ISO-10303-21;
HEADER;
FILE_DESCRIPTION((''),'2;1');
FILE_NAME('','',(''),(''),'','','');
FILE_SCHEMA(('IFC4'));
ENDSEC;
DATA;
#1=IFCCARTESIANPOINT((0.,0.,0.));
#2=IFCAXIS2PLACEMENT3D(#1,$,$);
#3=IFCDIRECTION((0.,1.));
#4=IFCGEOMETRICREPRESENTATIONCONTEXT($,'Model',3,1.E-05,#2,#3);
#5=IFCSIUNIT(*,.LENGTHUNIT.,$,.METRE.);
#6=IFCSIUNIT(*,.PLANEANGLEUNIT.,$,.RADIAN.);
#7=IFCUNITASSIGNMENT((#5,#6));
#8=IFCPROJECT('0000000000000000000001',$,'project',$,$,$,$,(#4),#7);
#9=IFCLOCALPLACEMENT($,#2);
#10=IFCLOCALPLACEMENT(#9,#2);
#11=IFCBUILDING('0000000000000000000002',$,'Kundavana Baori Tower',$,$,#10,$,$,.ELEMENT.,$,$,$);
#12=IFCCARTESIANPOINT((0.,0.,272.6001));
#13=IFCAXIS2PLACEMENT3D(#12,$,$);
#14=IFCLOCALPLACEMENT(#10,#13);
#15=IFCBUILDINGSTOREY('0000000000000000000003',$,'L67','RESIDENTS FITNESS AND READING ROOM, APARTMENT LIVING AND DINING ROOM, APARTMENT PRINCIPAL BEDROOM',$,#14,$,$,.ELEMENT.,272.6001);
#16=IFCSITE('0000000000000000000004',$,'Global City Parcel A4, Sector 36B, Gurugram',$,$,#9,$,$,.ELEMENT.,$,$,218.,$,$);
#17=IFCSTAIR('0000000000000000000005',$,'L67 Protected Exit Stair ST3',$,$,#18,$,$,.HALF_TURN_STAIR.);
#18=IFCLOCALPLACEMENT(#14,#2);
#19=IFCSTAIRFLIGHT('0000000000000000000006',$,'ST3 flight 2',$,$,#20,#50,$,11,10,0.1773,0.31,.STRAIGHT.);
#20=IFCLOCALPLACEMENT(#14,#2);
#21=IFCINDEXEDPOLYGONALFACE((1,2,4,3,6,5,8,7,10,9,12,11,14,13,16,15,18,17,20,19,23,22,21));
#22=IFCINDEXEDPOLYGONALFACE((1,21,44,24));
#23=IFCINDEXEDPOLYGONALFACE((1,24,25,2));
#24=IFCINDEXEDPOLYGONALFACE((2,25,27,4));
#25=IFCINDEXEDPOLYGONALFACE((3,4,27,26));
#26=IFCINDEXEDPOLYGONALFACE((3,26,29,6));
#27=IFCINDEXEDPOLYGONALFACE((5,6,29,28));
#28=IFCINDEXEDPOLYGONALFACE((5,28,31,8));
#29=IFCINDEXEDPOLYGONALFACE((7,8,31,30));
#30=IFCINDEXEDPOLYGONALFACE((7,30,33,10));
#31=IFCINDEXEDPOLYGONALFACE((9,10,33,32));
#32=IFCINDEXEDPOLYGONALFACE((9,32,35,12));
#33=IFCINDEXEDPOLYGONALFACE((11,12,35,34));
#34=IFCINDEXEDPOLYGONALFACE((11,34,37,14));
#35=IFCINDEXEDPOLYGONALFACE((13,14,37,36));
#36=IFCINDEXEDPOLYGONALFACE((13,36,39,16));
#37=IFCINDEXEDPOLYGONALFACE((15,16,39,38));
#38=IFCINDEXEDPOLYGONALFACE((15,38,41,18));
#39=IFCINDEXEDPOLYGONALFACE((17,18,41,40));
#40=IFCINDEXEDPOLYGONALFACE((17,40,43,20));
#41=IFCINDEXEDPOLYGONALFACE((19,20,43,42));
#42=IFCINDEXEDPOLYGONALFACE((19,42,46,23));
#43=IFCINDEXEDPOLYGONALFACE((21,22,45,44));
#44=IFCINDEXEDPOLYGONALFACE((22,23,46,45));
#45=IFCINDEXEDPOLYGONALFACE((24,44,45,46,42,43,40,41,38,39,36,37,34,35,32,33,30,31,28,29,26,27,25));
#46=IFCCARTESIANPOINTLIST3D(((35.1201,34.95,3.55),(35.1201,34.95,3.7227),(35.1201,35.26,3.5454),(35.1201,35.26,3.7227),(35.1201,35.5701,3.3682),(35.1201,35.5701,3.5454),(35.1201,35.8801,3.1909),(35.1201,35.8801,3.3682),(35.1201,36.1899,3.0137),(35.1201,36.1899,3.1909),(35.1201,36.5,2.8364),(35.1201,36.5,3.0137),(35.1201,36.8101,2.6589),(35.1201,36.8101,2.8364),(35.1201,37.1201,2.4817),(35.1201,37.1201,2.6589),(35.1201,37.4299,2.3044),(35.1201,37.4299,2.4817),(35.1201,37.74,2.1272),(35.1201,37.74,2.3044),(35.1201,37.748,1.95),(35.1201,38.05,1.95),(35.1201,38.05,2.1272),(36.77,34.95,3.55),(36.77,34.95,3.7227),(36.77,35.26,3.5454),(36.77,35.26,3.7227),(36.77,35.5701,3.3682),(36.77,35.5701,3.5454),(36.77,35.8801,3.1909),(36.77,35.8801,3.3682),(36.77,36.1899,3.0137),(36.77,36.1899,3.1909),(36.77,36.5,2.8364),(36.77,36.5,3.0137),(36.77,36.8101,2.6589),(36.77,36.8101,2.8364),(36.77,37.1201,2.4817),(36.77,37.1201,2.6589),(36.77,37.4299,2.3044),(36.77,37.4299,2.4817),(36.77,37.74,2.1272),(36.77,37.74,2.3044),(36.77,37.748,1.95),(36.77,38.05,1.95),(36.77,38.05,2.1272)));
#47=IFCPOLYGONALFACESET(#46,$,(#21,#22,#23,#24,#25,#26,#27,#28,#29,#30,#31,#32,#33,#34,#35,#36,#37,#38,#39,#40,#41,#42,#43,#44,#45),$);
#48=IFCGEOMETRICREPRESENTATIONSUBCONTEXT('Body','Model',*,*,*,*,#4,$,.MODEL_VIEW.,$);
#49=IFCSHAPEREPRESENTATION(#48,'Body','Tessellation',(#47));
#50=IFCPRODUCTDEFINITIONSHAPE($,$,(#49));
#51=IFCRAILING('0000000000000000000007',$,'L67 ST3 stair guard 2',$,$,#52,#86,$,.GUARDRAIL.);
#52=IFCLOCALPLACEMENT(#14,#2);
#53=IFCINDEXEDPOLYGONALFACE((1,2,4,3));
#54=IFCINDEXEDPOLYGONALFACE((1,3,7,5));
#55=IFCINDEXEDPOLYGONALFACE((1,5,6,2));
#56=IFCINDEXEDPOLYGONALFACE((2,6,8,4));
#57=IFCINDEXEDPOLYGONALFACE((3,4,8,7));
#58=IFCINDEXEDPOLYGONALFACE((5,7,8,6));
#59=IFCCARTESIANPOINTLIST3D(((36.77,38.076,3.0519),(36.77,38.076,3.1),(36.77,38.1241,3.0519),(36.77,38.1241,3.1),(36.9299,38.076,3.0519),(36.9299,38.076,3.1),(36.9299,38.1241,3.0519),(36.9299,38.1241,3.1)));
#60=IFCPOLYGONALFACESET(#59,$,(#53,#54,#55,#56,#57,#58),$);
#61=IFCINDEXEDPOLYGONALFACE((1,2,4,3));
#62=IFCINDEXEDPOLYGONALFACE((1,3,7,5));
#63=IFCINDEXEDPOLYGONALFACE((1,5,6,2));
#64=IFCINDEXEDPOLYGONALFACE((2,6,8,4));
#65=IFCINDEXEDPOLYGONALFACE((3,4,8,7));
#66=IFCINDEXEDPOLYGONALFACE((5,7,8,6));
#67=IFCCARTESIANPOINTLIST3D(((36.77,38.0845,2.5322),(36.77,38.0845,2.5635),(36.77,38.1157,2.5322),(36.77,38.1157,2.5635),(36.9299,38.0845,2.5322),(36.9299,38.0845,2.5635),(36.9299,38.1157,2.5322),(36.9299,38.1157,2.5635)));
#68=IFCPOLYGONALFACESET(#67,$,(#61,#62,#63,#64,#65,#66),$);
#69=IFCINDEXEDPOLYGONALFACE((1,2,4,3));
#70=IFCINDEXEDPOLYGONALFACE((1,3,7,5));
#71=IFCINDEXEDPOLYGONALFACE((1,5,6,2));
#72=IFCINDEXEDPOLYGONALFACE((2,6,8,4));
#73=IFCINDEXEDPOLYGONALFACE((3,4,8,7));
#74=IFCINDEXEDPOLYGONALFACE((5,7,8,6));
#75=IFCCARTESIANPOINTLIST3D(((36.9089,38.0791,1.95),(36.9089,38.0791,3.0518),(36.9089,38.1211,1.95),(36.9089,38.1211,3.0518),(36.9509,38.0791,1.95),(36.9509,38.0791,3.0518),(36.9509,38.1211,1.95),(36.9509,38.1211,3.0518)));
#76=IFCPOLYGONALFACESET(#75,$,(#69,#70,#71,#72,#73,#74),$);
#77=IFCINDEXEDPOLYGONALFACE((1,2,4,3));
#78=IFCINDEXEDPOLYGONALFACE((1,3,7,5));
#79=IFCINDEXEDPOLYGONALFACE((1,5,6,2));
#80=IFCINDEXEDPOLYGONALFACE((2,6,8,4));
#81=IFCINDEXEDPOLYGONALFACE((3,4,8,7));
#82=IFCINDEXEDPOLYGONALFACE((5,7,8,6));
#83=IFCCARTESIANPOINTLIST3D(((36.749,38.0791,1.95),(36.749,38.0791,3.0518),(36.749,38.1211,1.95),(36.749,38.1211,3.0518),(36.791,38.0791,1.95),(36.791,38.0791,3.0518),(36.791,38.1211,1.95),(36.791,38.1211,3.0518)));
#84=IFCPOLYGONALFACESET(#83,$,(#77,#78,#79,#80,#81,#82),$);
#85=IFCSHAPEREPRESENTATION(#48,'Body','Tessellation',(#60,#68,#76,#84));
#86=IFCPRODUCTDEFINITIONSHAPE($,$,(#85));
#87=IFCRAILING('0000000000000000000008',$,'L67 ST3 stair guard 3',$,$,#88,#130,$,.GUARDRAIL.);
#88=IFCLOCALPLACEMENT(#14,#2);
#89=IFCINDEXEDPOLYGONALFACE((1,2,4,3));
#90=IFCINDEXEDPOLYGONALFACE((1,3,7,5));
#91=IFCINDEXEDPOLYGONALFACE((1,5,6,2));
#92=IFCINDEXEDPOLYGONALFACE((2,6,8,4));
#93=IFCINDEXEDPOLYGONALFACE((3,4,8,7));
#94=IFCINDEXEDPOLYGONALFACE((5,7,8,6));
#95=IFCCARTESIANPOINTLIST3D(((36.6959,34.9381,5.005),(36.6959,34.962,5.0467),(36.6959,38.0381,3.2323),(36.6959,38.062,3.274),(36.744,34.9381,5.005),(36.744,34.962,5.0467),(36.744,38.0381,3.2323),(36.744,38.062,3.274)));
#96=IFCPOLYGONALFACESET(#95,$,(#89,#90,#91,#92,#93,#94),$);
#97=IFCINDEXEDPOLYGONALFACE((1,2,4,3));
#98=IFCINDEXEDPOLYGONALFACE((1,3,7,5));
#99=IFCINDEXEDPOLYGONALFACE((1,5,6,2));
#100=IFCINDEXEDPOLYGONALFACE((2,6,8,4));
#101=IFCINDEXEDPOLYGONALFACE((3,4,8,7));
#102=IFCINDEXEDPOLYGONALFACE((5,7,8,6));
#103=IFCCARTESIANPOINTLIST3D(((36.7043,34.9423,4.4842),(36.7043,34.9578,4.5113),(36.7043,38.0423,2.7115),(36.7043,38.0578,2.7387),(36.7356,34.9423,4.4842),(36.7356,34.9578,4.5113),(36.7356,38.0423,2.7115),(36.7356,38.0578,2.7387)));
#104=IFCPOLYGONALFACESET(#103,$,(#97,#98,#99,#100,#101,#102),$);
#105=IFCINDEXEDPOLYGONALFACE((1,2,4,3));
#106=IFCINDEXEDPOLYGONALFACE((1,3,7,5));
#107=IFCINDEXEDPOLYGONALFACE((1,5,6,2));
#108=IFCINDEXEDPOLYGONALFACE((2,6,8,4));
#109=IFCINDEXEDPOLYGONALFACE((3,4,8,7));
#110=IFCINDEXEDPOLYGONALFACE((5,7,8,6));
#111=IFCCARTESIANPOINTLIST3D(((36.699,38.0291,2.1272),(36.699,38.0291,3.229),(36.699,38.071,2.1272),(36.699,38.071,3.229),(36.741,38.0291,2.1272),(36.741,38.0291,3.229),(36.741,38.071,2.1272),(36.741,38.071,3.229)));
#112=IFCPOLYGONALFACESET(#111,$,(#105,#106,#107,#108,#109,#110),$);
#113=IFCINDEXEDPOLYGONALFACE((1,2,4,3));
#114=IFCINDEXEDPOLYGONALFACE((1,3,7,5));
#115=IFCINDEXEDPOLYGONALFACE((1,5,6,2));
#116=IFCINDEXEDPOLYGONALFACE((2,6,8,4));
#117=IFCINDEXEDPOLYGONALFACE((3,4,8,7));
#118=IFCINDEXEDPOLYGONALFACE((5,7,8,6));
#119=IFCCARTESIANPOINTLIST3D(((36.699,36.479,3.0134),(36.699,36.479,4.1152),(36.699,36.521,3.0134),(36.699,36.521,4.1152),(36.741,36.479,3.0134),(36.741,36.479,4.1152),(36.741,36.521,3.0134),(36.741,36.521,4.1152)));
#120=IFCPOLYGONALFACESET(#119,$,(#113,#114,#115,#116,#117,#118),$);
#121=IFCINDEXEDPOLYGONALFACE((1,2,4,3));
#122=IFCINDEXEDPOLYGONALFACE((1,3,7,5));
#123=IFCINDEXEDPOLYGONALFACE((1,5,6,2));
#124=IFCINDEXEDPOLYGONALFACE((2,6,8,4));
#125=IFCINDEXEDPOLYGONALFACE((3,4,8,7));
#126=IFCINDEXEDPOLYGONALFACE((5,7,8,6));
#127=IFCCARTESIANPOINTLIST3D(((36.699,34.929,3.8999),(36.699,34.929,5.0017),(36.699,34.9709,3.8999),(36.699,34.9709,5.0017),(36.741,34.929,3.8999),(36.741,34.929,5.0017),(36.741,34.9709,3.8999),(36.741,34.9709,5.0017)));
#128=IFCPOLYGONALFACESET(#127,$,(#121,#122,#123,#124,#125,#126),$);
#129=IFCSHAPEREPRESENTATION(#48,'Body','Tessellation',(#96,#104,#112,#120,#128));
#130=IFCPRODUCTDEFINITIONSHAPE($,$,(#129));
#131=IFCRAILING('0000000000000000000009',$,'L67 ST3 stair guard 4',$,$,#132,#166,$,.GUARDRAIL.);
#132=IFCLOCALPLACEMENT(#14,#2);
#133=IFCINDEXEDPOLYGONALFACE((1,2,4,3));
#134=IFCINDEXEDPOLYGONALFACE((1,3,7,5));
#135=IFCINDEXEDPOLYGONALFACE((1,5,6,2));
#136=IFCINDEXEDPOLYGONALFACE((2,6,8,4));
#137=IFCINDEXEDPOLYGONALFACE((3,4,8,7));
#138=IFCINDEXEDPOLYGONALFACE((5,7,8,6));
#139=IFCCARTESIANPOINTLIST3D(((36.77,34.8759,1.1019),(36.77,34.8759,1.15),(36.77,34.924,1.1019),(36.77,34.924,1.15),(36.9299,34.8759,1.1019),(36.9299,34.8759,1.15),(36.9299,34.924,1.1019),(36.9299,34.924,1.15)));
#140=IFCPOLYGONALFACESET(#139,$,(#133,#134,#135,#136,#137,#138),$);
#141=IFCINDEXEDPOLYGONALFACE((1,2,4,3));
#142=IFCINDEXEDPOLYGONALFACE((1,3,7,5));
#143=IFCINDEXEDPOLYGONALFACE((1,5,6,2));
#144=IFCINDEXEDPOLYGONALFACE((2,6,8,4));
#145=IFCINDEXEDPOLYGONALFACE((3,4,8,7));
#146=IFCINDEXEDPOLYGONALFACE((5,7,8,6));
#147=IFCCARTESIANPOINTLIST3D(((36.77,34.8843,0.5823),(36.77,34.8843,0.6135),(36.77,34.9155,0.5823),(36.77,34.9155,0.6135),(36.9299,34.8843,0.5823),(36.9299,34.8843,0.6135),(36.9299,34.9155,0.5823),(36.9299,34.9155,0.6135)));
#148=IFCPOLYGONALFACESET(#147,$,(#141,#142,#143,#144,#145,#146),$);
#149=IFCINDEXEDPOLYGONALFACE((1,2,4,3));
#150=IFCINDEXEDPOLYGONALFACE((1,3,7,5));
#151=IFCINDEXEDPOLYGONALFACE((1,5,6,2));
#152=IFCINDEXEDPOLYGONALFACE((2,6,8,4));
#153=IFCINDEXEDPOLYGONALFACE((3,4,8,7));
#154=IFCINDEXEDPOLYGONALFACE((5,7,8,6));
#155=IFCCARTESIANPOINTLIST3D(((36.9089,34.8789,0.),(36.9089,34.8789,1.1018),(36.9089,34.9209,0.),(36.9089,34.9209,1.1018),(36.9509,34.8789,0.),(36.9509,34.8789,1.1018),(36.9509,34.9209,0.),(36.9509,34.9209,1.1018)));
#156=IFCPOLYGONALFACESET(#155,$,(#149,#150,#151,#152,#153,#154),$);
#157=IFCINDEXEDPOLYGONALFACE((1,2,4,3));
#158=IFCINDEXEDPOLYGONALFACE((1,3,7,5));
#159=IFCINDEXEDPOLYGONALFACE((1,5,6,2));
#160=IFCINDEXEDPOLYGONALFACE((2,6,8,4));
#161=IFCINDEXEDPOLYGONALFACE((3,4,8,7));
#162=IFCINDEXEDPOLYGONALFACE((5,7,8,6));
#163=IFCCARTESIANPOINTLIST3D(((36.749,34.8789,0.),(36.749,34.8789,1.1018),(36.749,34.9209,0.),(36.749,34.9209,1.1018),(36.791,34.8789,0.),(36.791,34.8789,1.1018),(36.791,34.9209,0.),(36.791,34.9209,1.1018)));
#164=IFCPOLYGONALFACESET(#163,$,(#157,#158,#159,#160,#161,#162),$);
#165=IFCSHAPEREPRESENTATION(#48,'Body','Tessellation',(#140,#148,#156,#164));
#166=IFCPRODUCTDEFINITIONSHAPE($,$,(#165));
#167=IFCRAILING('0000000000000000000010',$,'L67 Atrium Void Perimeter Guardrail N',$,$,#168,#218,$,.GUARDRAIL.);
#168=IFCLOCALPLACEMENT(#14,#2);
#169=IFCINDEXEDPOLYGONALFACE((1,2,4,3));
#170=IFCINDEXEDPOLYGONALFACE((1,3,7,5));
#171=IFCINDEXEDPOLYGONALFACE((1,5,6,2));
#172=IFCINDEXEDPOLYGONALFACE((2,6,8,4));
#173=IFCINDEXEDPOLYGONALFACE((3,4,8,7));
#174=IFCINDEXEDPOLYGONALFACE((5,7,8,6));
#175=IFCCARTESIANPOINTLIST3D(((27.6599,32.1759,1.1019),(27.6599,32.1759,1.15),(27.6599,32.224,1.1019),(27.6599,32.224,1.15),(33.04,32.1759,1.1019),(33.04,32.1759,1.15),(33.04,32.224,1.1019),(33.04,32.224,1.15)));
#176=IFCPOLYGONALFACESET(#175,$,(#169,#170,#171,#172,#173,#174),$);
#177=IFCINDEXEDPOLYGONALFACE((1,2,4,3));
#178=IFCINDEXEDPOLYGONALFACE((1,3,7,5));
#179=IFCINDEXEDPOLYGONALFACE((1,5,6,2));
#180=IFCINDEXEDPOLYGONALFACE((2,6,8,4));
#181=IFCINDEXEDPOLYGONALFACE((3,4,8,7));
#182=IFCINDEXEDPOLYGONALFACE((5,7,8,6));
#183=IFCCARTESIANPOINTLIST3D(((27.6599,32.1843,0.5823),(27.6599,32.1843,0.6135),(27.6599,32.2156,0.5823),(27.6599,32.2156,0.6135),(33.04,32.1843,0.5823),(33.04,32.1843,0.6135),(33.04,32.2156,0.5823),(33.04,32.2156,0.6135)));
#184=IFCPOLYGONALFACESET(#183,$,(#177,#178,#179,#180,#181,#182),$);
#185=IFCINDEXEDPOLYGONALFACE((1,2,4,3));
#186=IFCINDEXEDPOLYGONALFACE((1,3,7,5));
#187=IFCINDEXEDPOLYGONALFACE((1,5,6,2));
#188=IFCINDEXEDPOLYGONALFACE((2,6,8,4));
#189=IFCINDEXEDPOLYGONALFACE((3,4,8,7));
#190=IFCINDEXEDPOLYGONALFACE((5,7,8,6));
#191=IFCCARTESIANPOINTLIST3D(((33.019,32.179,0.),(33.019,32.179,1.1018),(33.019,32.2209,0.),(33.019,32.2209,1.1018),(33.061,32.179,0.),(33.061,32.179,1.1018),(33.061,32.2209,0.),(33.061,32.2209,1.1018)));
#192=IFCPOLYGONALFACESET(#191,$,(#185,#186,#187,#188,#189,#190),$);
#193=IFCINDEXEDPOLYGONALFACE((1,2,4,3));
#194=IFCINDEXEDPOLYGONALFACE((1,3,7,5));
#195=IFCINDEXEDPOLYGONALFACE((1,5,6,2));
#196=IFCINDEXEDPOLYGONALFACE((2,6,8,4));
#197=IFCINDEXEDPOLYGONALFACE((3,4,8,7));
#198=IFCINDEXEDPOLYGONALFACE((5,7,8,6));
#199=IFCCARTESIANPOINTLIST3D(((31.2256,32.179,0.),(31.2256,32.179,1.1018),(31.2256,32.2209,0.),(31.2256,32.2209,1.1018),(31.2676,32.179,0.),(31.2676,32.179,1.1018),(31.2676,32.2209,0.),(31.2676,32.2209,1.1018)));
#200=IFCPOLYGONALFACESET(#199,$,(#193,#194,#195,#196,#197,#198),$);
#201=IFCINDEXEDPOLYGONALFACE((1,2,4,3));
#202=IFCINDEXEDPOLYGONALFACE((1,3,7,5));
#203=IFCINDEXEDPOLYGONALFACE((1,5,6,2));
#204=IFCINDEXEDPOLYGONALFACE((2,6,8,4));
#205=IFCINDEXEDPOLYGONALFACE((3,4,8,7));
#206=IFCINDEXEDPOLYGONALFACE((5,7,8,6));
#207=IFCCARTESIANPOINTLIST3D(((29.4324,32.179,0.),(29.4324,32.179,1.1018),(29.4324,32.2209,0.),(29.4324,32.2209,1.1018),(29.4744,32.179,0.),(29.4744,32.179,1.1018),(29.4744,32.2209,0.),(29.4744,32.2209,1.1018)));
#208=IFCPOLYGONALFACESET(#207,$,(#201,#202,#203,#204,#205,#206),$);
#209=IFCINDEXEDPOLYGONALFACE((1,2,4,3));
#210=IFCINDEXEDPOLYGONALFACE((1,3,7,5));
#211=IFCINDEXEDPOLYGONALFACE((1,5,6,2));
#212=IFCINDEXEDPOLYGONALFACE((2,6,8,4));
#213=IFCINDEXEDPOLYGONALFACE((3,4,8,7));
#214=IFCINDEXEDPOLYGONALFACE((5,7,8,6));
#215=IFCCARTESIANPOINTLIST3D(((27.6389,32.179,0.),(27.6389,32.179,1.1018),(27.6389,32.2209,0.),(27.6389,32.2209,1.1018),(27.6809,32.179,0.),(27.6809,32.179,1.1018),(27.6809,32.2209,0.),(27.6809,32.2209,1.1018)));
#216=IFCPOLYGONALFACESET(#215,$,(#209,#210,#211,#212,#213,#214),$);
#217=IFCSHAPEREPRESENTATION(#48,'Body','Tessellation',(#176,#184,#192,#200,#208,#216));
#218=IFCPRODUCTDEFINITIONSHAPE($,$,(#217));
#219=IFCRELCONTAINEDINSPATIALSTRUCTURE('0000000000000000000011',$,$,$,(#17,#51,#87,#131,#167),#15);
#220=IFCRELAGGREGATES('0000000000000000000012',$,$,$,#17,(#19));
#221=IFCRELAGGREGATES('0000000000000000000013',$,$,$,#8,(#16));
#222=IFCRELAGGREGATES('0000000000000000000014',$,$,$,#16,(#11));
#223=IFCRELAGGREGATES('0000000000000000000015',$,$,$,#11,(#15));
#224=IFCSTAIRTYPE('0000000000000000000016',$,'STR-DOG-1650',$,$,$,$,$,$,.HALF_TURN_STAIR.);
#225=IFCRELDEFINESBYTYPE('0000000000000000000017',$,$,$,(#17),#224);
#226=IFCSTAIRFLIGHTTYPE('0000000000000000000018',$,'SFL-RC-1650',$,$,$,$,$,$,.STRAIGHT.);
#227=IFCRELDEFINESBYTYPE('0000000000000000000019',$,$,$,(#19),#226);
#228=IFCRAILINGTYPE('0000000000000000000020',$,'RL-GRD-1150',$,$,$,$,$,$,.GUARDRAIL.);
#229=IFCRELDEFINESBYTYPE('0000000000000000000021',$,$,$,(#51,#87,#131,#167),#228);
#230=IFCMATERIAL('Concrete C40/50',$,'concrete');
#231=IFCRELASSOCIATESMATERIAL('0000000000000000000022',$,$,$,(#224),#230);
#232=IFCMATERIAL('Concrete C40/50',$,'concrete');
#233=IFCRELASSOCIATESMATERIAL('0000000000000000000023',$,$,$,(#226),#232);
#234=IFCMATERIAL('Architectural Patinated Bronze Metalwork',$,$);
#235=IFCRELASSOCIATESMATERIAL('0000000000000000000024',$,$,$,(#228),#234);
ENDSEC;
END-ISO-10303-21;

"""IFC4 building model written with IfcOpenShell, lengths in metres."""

from ifc_helpers import new_model, si_unit, direction, frame, origin, origin_2d, place, context, subcontext, project, spatial, polyline, rectangle, outline, extrude, material, type_object, element, aggregate, save


model = new_model("IFC4")

# Units and contexts
model_context = context("Model", 3, precision=1e-05, world=origin(), true_north=direction((0.0, 1.0)))
body_context = subcontext(model_context, "Body", "Model", "MODEL_VIEW")
ifc_project = project(units=[si_unit("LENGTHUNIT", "METRE"), si_unit("PLANEANGLEUNIT", "RADIAN")], contexts=[model_context])

# Site, building, storey
site_placement = place(None, origin())
site = spatial("IfcSite", under=ifc_project, at=site_placement, Name="Global City Parcel A4, Sector 36B, Gurugram", CompositionType="ELEMENT", RefElevation=218.0)
building_placement = place(site_placement, origin())
building = spatial("IfcBuilding", under=site, at=building_placement, Name="Kundavana Baori Tower", CompositionType="ELEMENT")
storey_placement = place(building_placement, frame((0.0, 0.0, 272.6001)))
storey = spatial("IfcBuildingStorey", under=building, at=storey_placement, Name="L67", Description="RESIDENTS FITNESS AND READING ROOM, APARTMENT LIVING AND DINING ROOM, APARTMENT PRINCIPAL BEDROOM", CompositionType="ELEMENT", Elevation=272.6001)

# Stair, stair flight
ifc_material_1 = material(Name="Concrete C40/50", Category="concrete")
stair_type = type_object("IfcStairType", Name="STR-DOG-1650", PredefinedType="HALF_TURN_STAIR", material=ifc_material_1)
stair_placement = place(storey_placement, origin())
stair = element("IfcStair", 1, at=stair_placement, inside=storey, type_object=stair_type, Name="L67 Protected Exit Stair ST3", PredefinedType="HALF_TURN_STAIR")
ifc_material_2 = material(Name="Concrete C40/50", Category="concrete")
stair_flight_type = type_object("IfcStairFlightType", Name="SFL-RC-1650", PredefinedType="STRAIGHT", material=ifc_material_2)
stair_flight_placement = place(storey_placement, frame((35.9451, 38.05, 1.95), z_axis=(0.0, 0.0, 1.0), x_axis=(0.0, -1.0, 0.0)))
stair_flight = element("IfcStairFlight", 2, at=stair_flight_placement, type_object=stair_flight_type, Name="ST3 flight 2", NumberOfRisers=11, NumberOfTreads=10, PredefinedType="STRAIGHT", RiserHeight=0.1773, TreadLength=0.31, context=body_context, shape_type="SweptSolid", body=[
    extrude(outline(polyline([(0.0, 0.0), (0.0, 0.1772), (0.3101, 0.1772), (0.3101, 0.3545), (0.6201, 0.3545), (0.6201, 0.5317), (0.9299, 0.5317), (0.9299, 0.709), (1.24, 0.709), (1.24, 0.8865), (1.55, 0.8865), (1.55, 1.0637), (1.8601, 1.0637), (1.8601, 1.241), (2.1699, 1.241), (2.1699, 1.4182), (2.48, 1.4182), (2.48, 1.5955), (2.79, 1.5955), (2.79, 1.7727), (3.1001, 1.7727), (3.1001, 1.95), (3.1001, 1.6001), (0.302, 0.0), (0.0, 0.0)])), frame((0.0, 0.825, 0.0), z_axis=(0.0, -1.0, 0.0), x_axis=(1.0, 0.0, 0.0)), (0.0, 0.0, 1.0), 1.6499),
])
aggregate(stair, [stair_flight])

# Railings
ifc_material_3 = material(Name="Architectural Patinated Bronze Metalwork")
railing_type_1 = type_object("IfcRailingType", Name="RL-GRD-1150", PredefinedType="GUARDRAIL", material=ifc_material_3)
railing_1_placement = place(storey_placement, frame((36.9299, 38.1001, 1.95)))
element("IfcRailing", 3, at=railing_1_placement, inside=storey, type_object=railing_type_1, Name="L67 ST3 stair guard 2", PredefinedType="GUARDRAIL", context=body_context, shape_type="SweptSolid", body=[
    extrude(rectangle(XDim=0.0481, YDim=0.0481, at=origin_2d()), frame((0.0, 0.0, 1.126), z_axis=(-1.0, 0.0, 0.0), x_axis=(0.0, -1.0, 0.0)), (0.0, 0.0, 1.0), 0.1599),
    extrude(rectangle(XDim=0.0312, YDim=0.0312, at=origin_2d()), frame((0.0, 0.0, 0.5979), z_axis=(-1.0, 0.0, 0.0), x_axis=(0.0, -1.0, 0.0)), (0.0, 0.0, 1.0), 0.1599),
    extrude(rectangle(XDim=0.042, YDim=0.042, at=origin_2d()), origin(), (0.0, 0.0, 1.0), 1.1018),
    extrude(rectangle(XDim=0.042, YDim=0.042, at=origin_2d()), frame((-0.1599, 0.0, 0.0)), (0.0, 0.0, 1.0), 1.1018),
])
railing_2_placement = place(storey_placement, frame((36.72, 38.05, 2.1272)))
element("IfcRailing", 4, at=railing_2_placement, inside=storey, type_object=railing_type_1, Name="L67 ST3 stair guard 3", PredefinedType="GUARDRAIL", context=body_context, shape_type="SweptSolid", body=[
    extrude(rectangle(XDim=0.0481, YDim=0.0481, at=origin_2d()), frame((0.0, 0.0, 1.126), z_axis=(0.0, -0.868096, 0.496397), x_axis=(1.0, 0.0, 0.0)), (0.0, 0.0, 1.0), 3.571),
    extrude(rectangle(XDim=0.0312, YDim=0.0312, at=origin_2d()), frame((0.0, 0.0, 0.5979), z_axis=(0.0, -0.868096, 0.496397), x_axis=(1.0, 0.0, 0.0)), (0.0, 0.0, 1.0), 3.571),
    extrude(rectangle(XDim=0.042, YDim=0.042, at=origin_2d()), origin(), (0.0, 0.0, 1.0), 1.1018),
    extrude(rectangle(XDim=0.042, YDim=0.042, at=origin_2d()), frame((0.0, -1.55, 0.8862)), (0.0, 0.0, 1.0), 1.1018),
    extrude(rectangle(XDim=0.042, YDim=0.042, at=origin_2d()), frame((0.0, -3.1001, 1.7727)), (0.0, 0.0, 1.0), 1.1018),
])
railing_3_placement = place(storey_placement, frame((36.9299, 34.8999, 0.0)))
element("IfcRailing", 5, at=railing_3_placement, inside=storey, type_object=railing_type_1, Name="L67 ST3 stair guard 4", PredefinedType="GUARDRAIL", context=body_context, shape_type="SweptSolid", body=[
    extrude(rectangle(XDim=0.0481, YDim=0.0481, at=origin_2d()), frame((0.0, 0.0, 1.126), z_axis=(-1.0, 0.0, 0.0), x_axis=(0.0, -1.0, 0.0)), (0.0, 0.0, 1.0), 0.1599),
    extrude(rectangle(XDim=0.0312, YDim=0.0312, at=origin_2d()), frame((0.0, 0.0, 0.5979), z_axis=(-1.0, 0.0, 0.0), x_axis=(0.0, -1.0, 0.0)), (0.0, 0.0, 1.0), 0.1599),
    extrude(rectangle(XDim=0.042, YDim=0.042, at=origin_2d()), origin(), (0.0, 0.0, 1.0), 1.1018),
    extrude(rectangle(XDim=0.042, YDim=0.042, at=origin_2d()), frame((-0.1599, 0.0, 0.0)), (0.0, 0.0, 1.0), 1.1018),
])
railing_4_placement = place(storey_placement, frame((33.04, 32.2, 0.0)))
element("IfcRailing", 6, at=railing_4_placement, inside=storey, type_object=railing_type_1, Name="L67 Atrium Void Perimeter Guardrail N", PredefinedType="GUARDRAIL", context=body_context, shape_type="SweptSolid", body=[
    extrude(rectangle(XDim=0.0481, YDim=0.0481, at=origin_2d()), frame((0.0, 0.0, 1.126), z_axis=(-1.0, 0.0, 0.0), x_axis=(0.0, -1.0, 0.0)), (0.0, 0.0, 1.0), 5.3801),
    extrude(rectangle(XDim=0.0312, YDim=0.0312, at=origin_2d()), frame((0.0, 0.0, 0.5979), z_axis=(-1.0, 0.0, 0.0), x_axis=(0.0, -1.0, 0.0)), (0.0, 0.0, 1.0), 5.3801),
    extrude(rectangle(XDim=0.042, YDim=0.042, at=origin_2d()), origin(), (0.0, 0.0, 1.0), 1.1018),
    extrude(rectangle(XDim=0.042, YDim=0.042, at=origin_2d()), frame((-1.7935, 0.0, 0.0)), (0.0, 0.0, 1.0), 1.1018),
    extrude(rectangle(XDim=0.042, YDim=0.042, at=origin_2d()), frame((-3.5867, 0.0, 0.0)), (0.0, 0.0, 1.0), 1.1018),
    extrude(rectangle(XDim=0.042, YDim=0.042, at=origin_2d()), frame((-5.3801, 0.0, 0.0)), (0.0, 0.0, 1.0), 1.1018),
])

save(model, "model.ifc")
